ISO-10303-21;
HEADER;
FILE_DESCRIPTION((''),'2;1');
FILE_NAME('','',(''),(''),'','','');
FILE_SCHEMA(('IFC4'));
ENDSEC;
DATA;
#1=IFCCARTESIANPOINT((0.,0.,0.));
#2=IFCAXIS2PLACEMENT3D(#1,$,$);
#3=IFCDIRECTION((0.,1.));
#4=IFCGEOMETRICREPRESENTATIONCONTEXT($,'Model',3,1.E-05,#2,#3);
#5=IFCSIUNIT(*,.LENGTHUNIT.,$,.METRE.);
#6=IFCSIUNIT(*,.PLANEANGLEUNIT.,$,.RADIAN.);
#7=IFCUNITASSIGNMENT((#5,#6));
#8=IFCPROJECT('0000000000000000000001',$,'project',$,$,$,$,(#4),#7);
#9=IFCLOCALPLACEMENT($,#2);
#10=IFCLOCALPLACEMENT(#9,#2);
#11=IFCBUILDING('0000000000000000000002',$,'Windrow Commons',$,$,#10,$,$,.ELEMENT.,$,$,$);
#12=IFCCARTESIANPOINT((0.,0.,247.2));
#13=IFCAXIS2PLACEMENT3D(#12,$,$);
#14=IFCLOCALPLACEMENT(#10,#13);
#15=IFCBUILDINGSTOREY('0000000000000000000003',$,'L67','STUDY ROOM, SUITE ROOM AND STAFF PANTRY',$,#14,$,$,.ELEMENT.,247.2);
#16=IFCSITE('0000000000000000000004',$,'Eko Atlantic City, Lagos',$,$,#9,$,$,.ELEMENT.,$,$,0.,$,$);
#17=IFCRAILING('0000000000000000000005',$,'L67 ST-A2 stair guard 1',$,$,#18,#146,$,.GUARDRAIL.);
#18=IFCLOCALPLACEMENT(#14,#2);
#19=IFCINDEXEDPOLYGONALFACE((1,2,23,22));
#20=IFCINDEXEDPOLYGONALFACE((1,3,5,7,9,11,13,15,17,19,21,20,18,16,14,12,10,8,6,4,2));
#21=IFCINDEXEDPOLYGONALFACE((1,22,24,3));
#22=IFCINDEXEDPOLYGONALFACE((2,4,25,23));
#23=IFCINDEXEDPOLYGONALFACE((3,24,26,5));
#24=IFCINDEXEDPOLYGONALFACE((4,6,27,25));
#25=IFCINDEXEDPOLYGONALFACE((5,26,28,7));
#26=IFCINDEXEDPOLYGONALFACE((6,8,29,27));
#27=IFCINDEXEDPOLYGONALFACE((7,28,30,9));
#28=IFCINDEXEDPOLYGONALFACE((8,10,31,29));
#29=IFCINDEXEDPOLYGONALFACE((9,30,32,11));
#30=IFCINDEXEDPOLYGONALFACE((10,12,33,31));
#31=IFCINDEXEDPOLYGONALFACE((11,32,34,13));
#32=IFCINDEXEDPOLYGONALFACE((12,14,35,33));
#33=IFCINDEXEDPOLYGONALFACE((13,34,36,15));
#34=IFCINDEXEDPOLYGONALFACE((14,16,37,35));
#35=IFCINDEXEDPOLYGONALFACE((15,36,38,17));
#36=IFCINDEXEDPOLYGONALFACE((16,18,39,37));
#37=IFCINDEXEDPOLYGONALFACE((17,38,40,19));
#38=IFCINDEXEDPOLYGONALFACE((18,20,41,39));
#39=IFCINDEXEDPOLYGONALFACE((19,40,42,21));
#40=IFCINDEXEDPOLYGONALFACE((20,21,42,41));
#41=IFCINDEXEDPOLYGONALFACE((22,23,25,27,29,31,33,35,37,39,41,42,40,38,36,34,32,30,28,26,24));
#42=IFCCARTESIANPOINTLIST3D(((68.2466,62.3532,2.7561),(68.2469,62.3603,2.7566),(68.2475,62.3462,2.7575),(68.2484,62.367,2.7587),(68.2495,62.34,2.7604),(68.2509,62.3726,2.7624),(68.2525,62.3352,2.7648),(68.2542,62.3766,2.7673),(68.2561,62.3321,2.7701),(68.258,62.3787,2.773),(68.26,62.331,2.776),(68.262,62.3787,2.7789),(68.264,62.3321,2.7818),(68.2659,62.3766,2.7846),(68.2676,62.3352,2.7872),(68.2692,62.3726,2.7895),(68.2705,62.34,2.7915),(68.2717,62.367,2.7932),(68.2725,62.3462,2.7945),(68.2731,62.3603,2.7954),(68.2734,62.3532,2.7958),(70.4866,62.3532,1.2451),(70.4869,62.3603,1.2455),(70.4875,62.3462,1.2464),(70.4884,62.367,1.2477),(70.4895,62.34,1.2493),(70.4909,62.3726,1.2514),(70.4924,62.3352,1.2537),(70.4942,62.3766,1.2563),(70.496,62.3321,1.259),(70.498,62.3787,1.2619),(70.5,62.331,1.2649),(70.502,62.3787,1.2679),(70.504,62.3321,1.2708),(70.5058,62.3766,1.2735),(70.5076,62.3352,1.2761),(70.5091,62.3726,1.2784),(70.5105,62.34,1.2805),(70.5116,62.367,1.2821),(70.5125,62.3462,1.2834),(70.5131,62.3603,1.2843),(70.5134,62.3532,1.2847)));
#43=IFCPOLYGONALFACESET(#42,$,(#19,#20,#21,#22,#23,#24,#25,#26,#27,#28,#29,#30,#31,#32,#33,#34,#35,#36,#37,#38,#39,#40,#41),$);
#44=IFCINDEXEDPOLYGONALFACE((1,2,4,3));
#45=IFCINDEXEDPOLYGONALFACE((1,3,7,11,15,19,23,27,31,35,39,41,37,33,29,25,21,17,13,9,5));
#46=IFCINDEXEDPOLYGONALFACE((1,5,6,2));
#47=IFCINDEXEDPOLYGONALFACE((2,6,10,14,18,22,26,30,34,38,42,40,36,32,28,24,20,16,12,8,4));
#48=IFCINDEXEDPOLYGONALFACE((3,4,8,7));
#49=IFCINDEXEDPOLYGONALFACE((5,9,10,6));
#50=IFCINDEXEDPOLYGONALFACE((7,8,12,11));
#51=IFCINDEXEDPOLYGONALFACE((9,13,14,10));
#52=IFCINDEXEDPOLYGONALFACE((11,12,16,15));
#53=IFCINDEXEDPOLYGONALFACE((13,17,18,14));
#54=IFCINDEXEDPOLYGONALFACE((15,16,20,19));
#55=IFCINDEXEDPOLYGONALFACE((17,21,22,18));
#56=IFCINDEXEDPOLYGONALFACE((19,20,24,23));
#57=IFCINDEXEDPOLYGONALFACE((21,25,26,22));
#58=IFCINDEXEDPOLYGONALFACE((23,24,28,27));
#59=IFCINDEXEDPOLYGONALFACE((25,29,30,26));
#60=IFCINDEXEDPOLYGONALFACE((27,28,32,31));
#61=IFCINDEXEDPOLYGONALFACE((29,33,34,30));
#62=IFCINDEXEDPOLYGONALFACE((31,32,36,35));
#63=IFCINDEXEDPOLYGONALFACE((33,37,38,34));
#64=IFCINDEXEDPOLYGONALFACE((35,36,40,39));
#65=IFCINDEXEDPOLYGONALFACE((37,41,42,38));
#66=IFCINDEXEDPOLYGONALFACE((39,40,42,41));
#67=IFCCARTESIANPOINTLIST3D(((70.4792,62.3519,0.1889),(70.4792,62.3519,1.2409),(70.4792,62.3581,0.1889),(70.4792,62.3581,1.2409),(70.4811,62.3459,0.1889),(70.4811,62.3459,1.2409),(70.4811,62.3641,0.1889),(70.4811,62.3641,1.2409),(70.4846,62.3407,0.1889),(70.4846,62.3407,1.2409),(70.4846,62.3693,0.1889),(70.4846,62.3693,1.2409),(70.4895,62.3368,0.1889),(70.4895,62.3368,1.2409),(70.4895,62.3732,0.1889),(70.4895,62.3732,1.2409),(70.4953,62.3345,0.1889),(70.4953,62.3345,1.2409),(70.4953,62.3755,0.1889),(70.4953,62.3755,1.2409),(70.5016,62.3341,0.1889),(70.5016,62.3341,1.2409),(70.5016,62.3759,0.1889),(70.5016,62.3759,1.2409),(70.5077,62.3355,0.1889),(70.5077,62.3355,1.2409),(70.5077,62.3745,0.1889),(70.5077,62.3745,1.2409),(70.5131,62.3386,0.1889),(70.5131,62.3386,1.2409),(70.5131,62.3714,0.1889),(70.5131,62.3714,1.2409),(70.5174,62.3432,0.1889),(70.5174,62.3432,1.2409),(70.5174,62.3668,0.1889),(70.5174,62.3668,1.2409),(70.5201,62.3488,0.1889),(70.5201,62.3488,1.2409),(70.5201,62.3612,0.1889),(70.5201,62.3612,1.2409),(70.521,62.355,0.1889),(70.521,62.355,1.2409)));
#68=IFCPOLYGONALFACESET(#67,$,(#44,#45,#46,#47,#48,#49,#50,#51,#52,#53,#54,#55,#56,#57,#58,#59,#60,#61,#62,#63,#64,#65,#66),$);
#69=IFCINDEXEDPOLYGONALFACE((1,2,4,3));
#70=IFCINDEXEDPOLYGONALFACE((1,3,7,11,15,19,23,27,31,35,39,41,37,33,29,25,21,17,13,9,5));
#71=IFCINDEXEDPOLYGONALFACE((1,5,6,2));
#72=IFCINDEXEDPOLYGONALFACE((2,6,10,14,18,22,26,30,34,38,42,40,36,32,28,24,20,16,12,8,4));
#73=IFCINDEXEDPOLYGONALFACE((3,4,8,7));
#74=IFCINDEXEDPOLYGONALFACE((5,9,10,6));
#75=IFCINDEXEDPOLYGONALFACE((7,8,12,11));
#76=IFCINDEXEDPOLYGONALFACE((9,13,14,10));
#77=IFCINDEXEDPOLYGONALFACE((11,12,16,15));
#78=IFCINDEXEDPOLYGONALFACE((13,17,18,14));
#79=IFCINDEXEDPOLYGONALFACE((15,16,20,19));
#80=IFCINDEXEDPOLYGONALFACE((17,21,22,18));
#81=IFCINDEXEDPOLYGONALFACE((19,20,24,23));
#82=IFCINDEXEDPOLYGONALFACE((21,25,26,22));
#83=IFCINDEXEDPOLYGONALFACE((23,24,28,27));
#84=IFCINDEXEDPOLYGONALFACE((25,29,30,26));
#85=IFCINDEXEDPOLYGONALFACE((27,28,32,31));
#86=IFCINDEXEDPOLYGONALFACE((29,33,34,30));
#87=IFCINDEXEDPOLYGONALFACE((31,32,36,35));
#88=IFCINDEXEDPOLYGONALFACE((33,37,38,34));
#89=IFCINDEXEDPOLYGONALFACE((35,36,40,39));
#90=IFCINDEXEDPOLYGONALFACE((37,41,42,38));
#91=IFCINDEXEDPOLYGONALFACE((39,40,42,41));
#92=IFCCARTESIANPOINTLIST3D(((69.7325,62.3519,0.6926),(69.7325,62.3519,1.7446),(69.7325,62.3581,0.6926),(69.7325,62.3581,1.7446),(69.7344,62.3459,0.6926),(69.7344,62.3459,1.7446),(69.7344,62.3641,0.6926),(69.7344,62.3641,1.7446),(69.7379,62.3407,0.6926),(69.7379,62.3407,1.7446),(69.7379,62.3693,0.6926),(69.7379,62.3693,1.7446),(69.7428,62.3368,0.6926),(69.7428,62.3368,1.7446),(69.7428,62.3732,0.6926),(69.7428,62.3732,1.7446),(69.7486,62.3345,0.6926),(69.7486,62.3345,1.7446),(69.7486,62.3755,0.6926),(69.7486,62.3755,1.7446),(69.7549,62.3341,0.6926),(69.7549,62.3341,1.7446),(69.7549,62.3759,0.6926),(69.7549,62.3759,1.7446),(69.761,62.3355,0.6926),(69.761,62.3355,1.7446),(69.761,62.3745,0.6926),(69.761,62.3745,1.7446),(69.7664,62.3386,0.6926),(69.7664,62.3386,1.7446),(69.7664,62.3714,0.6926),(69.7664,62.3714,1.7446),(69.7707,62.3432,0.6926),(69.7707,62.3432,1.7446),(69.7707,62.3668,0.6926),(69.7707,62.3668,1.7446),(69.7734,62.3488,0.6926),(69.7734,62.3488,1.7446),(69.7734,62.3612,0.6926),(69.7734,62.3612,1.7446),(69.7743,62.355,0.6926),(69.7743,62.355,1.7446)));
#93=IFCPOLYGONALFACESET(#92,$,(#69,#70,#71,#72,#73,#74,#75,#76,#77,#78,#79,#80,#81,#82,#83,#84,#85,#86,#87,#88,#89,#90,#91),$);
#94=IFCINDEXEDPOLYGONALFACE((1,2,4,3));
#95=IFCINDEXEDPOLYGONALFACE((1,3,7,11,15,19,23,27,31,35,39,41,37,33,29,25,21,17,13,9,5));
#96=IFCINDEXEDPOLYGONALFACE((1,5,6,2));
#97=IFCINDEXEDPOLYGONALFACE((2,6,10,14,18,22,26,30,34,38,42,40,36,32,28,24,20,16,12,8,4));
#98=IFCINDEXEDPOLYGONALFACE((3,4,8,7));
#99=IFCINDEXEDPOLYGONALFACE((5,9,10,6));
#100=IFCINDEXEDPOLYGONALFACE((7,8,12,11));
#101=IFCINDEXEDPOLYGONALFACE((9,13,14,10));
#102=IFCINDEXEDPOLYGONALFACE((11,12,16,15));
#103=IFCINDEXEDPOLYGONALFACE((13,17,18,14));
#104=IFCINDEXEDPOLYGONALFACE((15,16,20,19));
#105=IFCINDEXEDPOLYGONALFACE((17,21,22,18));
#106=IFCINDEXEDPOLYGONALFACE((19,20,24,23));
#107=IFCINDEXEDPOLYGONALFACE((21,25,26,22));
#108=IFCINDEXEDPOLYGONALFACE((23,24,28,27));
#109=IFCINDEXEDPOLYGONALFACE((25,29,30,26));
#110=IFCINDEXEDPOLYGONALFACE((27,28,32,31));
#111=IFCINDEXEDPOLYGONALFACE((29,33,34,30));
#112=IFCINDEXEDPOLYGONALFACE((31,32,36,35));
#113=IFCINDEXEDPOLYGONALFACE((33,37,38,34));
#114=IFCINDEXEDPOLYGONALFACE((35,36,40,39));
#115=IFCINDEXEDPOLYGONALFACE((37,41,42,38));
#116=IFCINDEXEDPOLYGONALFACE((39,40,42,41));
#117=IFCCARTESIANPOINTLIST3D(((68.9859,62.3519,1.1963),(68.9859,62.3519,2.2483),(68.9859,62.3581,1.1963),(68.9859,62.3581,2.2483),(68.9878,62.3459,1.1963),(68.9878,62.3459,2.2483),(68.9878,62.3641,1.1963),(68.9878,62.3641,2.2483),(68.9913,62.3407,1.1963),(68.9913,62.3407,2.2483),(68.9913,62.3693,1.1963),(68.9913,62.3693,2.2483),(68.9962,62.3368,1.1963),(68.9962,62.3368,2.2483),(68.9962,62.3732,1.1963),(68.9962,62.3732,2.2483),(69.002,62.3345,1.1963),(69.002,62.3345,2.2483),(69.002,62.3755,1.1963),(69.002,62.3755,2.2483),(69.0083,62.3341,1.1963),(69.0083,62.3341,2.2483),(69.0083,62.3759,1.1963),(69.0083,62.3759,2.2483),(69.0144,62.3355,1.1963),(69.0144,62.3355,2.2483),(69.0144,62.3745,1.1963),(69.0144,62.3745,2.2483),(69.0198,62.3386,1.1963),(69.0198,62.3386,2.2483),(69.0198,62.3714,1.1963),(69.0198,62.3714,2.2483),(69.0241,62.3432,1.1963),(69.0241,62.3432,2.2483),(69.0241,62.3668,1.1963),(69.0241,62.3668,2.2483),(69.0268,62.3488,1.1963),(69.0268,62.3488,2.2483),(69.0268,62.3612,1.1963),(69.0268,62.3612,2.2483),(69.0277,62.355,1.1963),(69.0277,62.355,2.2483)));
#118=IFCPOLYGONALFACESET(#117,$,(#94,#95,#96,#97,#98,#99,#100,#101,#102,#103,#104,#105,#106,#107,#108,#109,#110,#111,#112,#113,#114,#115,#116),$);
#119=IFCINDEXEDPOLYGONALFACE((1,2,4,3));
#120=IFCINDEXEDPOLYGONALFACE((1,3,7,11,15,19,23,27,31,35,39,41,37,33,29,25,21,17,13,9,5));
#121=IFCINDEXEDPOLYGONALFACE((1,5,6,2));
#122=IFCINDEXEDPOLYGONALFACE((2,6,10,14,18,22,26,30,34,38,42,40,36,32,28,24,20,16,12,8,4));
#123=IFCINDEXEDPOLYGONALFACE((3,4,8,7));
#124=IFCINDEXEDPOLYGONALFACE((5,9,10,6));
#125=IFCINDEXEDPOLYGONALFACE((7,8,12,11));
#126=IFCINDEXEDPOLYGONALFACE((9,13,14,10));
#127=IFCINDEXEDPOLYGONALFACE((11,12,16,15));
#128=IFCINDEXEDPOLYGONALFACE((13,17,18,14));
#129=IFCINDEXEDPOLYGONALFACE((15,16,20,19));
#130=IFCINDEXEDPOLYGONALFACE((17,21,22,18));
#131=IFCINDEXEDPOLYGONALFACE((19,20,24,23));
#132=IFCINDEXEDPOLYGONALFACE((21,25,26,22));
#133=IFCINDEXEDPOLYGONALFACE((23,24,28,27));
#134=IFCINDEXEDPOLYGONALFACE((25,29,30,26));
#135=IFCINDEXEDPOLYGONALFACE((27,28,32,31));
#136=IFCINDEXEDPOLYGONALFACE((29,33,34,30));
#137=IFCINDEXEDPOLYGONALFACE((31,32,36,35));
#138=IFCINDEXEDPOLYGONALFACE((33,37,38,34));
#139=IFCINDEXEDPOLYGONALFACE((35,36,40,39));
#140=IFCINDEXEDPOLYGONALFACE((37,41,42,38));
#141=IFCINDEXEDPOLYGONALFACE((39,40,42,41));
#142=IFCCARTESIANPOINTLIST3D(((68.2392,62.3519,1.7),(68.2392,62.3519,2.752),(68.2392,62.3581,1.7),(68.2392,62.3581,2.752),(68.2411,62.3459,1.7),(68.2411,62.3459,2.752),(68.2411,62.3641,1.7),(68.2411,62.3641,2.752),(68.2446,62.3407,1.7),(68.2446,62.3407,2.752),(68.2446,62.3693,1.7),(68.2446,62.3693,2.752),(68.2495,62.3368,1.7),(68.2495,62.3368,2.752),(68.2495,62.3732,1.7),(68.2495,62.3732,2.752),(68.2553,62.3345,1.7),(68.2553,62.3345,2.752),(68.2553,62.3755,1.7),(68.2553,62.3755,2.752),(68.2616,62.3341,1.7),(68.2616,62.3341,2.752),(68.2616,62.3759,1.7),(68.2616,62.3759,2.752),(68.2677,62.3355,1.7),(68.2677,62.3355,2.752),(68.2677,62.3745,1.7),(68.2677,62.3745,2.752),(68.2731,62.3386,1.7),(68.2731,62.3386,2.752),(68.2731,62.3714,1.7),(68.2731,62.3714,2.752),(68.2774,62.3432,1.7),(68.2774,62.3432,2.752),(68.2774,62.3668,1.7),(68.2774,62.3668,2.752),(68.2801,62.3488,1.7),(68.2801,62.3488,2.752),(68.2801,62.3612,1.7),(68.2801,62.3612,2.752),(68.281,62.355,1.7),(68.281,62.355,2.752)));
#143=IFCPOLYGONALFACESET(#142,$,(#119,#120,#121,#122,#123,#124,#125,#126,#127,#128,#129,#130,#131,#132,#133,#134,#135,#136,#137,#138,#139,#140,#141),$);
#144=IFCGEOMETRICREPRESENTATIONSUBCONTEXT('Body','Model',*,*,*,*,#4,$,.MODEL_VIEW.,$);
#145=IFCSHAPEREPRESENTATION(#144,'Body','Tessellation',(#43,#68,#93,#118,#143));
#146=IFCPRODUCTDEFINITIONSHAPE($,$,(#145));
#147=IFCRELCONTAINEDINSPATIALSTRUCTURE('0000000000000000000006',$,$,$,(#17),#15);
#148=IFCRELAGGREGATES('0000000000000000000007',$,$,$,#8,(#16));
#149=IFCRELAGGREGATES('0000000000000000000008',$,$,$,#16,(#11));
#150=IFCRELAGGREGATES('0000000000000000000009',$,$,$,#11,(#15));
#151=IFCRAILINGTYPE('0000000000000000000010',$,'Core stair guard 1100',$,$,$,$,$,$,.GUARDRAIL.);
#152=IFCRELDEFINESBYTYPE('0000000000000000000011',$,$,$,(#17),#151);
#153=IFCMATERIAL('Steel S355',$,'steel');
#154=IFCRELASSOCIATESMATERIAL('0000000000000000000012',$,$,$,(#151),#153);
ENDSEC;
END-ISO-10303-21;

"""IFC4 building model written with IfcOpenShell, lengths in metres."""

from ifc_helpers import new_model, si_unit, direction, frame, origin, origin_2d, place, context, subcontext, project, spatial, circle, extrude, material, type_object, element, save


model = new_model("IFC4")

# Units and contexts
model_context = context("Model", 3, precision=1e-05, world=origin(), true_north=direction((0.0, 1.0)))
body_context = subcontext(model_context, "Body", "Model", "MODEL_VIEW")
ifc_project = project(units=[si_unit("LENGTHUNIT", "METRE"), si_unit("PLANEANGLEUNIT", "RADIAN")], contexts=[model_context])

# Site, building, storey
site_placement = place(None, origin())
site = spatial("IfcSite", under=ifc_project, at=site_placement, Name="Eko Atlantic City, Lagos", CompositionType="ELEMENT", RefElevation=0.0)
building_placement = place(site_placement, origin())
building = spatial("IfcBuilding", under=site, at=building_placement, Name="Windrow Commons", CompositionType="ELEMENT")
storey_placement = place(building_placement, frame((0.0, 0.0, 247.2)))
storey = spatial("IfcBuildingStorey", under=building, at=storey_placement, Name="L67", Description="STUDY ROOM, SUITE ROOM AND STAFF PANTRY", CompositionType="ELEMENT", Elevation=247.2)

# Railing
ifc_material_1 = material(Name="Steel S355", Category="steel")
railing_type_1 = type_object("IfcRailingType", Name="Core stair guard 1100", PredefinedType="GUARDRAIL", material=ifc_material_1)
railing_1_placement = place(storey_placement, frame((70.5, 62.355, 0.1889)))
element("IfcRailing", 1, at=railing_1_placement, inside=storey, type_object=railing_type_1, Name="L67 ST-A2 stair guard 1", PredefinedType="GUARDRAIL", context=body_context, shape_type="SweptSolid", body=[
    extrude(circle(Radius=0.024, at=origin_2d()), frame((0.0, 0.0, 1.076), z_axis=(-0.829003, 0.0, 0.559244), x_axis=(0.0, -1.0, 0.0)), (0.0, 0.0, 1.0), 2.702),
    extrude(circle(Radius=0.021, at=origin_2d()), origin(), (0.0, 0.0, 1.0), 1.052),
    extrude(circle(Radius=0.021, at=origin_2d()), frame((-0.7467, 0.0, 0.5037)), (0.0, 0.0, 1.0), 1.052),
    extrude(circle(Radius=0.021, at=origin_2d()), frame((-1.4933, 0.0, 1.0074)), (0.0, 0.0, 1.0), 1.052),
    extrude(circle(Radius=0.021, at=origin_2d()), frame((-2.24, 0.0, 1.5111)), (0.0, 0.0, 1.0), 1.052),
])

save(model, "model.ifc")
